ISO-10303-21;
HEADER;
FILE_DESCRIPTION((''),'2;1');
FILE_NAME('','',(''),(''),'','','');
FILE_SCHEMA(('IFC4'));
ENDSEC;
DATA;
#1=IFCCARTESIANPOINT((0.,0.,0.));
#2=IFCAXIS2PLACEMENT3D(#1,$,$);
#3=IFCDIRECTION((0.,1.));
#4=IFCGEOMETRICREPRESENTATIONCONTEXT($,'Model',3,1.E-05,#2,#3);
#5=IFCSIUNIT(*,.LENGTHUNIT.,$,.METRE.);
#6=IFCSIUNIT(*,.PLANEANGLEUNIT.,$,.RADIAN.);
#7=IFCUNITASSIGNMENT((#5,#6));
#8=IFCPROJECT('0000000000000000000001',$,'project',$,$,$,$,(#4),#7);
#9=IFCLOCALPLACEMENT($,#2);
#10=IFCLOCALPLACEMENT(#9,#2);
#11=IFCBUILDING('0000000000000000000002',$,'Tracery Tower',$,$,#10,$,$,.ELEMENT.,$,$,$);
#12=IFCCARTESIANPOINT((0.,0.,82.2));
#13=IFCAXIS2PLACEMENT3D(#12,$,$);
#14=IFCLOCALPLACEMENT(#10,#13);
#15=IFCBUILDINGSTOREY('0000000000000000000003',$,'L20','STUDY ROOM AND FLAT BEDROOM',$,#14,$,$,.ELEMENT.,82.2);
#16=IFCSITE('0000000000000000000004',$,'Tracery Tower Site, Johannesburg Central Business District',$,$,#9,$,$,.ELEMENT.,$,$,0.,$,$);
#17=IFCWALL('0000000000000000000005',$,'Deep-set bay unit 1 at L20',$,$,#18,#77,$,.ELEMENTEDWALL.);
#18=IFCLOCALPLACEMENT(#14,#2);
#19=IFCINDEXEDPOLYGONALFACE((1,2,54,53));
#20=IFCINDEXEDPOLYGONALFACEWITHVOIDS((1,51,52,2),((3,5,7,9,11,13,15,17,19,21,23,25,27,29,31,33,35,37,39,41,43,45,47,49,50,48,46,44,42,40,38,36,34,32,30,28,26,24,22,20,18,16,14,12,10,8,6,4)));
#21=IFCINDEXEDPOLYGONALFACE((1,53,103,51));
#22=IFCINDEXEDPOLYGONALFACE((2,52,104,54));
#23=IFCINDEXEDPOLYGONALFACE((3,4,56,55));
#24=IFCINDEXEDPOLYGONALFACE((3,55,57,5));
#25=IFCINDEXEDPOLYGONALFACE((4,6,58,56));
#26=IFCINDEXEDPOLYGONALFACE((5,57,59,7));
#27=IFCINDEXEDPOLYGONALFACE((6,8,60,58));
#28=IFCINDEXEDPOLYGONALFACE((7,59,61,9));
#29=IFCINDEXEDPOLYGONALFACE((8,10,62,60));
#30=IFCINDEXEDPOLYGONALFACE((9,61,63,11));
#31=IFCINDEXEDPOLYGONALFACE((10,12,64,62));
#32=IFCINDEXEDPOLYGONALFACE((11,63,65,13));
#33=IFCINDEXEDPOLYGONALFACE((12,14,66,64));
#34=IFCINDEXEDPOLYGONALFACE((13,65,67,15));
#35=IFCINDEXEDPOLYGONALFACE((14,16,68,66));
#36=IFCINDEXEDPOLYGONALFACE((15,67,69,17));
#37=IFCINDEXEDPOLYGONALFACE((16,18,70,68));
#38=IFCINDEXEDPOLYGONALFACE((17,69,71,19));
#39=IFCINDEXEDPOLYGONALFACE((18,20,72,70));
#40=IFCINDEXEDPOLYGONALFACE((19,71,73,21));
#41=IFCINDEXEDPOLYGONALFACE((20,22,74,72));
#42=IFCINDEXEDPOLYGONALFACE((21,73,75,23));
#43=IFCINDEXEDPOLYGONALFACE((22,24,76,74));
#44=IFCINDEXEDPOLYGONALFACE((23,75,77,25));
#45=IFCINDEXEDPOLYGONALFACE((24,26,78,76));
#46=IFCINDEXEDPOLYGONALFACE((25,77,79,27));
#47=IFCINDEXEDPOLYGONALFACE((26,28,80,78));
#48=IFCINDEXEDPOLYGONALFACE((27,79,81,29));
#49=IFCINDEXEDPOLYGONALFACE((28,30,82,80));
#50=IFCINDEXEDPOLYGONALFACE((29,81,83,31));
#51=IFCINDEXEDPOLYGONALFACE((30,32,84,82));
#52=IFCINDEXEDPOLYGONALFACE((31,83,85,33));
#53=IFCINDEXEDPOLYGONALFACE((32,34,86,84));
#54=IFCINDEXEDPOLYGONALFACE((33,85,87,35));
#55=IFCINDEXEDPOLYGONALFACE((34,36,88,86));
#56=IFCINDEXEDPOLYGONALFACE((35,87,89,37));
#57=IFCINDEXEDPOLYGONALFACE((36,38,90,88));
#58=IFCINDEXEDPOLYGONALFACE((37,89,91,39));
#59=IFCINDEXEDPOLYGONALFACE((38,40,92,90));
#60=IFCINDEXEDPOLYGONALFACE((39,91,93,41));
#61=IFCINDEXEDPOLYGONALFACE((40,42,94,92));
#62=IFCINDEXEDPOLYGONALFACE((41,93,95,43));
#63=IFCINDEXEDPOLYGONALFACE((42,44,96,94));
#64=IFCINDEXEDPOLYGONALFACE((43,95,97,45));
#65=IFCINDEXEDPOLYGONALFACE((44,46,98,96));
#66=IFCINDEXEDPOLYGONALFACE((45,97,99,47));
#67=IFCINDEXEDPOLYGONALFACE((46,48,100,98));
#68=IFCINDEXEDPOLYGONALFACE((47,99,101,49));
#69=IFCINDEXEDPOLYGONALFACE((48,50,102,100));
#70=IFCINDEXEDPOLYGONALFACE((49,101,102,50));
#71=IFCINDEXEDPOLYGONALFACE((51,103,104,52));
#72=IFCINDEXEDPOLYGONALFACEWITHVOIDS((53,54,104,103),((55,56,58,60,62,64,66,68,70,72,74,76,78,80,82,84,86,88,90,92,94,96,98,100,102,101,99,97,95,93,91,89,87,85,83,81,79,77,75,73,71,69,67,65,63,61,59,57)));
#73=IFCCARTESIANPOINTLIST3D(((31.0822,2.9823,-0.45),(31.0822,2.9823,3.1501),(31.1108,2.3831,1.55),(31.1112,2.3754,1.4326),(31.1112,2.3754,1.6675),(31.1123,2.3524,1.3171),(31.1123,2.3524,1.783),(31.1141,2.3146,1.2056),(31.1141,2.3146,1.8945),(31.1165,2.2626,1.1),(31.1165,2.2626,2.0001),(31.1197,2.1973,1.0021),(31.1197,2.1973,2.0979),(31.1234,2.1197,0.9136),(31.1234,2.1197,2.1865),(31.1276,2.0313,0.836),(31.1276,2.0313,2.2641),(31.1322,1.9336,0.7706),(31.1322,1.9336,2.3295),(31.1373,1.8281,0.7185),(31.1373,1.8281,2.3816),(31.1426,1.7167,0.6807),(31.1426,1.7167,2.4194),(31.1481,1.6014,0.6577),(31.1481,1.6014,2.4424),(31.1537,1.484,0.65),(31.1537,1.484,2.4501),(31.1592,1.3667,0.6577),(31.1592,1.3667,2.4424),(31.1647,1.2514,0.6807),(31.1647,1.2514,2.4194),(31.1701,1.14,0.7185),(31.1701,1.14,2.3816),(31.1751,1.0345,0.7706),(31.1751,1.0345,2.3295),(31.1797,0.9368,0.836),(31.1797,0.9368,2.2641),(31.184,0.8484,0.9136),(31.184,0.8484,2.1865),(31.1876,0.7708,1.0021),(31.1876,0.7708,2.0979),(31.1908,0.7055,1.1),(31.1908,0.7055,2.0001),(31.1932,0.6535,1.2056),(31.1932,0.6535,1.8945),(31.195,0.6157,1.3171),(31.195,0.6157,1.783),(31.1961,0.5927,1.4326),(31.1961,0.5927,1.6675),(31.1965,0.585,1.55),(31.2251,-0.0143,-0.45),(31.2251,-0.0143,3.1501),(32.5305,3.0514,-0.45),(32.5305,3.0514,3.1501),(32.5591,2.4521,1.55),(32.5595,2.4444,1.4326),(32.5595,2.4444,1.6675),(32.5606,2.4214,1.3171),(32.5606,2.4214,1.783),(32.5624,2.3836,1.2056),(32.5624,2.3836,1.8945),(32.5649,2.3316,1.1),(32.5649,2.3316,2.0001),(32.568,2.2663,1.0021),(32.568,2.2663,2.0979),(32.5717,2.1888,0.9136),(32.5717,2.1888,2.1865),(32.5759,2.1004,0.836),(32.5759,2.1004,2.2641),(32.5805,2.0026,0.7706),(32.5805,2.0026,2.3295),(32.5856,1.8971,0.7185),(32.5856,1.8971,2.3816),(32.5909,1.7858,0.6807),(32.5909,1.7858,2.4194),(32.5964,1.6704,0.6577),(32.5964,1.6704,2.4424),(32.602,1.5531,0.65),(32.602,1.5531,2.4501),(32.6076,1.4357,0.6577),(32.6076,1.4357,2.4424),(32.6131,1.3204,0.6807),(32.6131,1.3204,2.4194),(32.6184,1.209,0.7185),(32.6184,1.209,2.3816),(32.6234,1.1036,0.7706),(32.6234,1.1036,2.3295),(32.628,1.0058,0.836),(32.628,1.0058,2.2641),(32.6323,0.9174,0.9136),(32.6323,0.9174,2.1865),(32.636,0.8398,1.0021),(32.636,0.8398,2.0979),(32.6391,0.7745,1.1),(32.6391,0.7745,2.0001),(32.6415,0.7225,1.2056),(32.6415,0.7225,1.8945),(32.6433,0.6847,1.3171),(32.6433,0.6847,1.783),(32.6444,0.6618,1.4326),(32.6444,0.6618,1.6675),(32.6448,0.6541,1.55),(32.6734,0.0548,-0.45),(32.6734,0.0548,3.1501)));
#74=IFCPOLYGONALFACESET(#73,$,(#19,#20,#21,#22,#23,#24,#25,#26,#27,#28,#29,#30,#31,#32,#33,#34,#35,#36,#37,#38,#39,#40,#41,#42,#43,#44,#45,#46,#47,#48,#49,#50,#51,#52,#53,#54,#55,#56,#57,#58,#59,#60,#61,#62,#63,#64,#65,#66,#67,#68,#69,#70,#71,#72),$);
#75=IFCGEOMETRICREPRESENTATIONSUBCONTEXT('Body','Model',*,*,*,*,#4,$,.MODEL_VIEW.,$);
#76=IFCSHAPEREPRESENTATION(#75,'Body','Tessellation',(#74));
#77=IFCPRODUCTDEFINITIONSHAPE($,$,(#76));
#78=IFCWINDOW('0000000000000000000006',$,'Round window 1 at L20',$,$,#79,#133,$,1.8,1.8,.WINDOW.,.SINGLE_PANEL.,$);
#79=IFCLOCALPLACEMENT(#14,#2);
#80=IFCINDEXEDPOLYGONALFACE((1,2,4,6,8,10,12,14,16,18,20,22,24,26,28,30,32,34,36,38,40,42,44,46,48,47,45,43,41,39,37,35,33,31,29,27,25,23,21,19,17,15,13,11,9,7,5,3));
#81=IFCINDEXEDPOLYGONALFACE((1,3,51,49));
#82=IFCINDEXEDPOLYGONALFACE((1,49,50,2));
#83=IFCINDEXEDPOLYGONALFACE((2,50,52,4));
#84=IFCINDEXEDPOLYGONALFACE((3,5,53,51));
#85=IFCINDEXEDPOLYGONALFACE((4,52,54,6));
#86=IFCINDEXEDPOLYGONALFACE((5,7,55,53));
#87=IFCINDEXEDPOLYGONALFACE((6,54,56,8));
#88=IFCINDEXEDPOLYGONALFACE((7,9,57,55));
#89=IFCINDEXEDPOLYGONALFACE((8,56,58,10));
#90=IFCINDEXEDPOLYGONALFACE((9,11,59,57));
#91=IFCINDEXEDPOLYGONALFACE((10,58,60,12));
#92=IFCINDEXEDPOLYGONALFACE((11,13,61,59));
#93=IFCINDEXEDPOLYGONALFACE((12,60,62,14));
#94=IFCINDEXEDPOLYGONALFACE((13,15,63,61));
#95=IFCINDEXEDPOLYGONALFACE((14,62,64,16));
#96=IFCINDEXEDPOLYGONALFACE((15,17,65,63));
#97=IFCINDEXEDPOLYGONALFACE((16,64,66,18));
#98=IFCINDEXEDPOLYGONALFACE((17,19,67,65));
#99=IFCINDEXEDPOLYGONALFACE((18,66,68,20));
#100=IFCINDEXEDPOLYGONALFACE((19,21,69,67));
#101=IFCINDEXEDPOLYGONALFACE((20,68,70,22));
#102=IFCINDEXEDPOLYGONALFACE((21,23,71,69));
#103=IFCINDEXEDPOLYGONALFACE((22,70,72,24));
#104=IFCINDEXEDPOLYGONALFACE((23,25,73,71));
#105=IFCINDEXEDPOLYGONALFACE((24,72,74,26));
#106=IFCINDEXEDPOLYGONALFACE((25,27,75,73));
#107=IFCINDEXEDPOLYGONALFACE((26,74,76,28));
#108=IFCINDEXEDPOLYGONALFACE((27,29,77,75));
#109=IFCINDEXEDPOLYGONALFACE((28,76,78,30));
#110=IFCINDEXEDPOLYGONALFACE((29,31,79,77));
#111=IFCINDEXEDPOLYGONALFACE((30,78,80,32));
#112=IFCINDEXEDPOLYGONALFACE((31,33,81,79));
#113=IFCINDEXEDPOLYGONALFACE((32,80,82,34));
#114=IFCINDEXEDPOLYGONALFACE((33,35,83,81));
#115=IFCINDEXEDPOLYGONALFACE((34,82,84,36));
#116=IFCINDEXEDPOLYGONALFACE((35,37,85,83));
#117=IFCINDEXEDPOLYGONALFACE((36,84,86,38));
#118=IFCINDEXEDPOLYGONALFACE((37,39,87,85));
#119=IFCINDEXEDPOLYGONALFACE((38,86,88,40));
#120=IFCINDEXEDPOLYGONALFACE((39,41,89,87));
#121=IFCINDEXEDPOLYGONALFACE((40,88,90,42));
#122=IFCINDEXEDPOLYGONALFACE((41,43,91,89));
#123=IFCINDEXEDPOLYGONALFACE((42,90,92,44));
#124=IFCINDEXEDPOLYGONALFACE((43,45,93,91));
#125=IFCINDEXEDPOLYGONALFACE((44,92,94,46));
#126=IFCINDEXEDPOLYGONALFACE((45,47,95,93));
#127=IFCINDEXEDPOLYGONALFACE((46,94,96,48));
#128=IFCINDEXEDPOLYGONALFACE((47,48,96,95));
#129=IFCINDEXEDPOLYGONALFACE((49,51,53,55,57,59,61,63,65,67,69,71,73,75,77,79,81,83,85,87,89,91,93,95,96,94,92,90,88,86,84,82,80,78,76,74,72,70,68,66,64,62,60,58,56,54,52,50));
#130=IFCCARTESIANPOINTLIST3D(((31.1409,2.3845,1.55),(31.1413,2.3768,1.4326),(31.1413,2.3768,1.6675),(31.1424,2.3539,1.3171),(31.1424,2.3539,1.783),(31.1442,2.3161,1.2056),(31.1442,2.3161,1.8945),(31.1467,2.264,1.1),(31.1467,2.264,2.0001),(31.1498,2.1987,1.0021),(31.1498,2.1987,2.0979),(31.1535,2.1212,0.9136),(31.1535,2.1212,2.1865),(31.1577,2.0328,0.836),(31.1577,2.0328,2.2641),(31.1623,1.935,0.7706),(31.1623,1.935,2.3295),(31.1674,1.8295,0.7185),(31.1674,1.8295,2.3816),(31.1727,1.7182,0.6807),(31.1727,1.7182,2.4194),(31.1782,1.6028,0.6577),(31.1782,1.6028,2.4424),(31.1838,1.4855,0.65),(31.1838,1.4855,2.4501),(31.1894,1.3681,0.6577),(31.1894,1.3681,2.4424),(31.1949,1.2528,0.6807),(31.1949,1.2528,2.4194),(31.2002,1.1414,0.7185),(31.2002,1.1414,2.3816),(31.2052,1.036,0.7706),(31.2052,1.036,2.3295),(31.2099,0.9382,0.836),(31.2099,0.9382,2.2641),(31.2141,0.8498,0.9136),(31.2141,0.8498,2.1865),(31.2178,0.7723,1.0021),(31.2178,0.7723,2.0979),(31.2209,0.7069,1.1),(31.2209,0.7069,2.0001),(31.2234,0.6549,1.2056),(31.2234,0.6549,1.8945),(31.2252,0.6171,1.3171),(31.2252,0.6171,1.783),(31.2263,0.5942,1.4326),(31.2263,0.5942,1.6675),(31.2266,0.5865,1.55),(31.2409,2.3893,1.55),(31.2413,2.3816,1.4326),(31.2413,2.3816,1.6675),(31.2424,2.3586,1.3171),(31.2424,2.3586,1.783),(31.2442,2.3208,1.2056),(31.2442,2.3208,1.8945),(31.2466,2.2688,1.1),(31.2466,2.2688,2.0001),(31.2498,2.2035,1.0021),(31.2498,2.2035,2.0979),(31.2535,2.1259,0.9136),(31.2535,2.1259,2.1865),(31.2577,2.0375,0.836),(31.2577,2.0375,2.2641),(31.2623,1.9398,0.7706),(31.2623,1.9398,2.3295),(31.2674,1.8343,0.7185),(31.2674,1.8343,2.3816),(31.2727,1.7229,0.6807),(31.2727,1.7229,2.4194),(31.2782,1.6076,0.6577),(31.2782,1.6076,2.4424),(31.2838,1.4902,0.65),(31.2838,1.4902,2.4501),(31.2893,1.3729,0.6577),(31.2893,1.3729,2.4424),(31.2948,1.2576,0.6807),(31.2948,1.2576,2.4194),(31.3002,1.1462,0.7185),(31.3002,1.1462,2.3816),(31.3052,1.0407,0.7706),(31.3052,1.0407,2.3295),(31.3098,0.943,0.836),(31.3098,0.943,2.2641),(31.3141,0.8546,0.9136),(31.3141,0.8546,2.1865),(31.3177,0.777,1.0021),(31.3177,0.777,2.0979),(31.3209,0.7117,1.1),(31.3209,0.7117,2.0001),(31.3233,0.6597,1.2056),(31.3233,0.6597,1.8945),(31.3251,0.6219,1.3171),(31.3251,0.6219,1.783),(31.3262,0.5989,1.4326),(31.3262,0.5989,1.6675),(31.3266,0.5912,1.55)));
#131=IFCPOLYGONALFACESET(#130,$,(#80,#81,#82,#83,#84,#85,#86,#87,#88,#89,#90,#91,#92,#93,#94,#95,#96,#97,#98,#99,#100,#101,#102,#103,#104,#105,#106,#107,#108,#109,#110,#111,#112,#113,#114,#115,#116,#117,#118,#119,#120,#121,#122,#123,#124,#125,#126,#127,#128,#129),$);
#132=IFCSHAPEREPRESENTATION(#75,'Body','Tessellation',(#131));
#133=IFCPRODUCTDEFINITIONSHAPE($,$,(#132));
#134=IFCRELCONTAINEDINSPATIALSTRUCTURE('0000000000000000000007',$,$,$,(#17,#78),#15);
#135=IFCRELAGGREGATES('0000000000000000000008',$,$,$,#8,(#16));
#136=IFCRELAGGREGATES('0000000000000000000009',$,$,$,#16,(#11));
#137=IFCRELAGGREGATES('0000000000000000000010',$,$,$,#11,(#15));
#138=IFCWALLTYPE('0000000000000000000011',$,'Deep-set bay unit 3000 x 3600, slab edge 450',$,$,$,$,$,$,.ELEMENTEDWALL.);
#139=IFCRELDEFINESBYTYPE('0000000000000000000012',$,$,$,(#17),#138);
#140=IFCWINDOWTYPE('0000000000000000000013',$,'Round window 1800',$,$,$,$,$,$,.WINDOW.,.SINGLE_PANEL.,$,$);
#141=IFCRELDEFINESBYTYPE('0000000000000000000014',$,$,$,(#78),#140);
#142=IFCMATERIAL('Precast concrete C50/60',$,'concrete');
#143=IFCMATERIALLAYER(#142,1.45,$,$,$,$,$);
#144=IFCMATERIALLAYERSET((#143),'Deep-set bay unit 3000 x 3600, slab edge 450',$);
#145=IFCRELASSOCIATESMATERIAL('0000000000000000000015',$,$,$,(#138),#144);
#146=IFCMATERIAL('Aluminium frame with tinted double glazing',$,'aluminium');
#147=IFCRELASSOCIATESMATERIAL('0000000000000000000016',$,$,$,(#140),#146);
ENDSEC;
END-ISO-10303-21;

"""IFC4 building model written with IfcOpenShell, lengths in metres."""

from ifc_helpers import new_model, si_unit, direction, frame, frame_2d, origin, origin_2d, place, context, subcontext, project, spatial, rectangle, circle, extrude, material, layer, layer_set, type_object, element, fill, save


model = new_model("IFC4")

# Units and contexts
model_context = context("Model", 3, precision=1e-05, world=origin(), true_north=direction((0.0, 1.0)))
body_context = subcontext(model_context, "Body", "Model", "MODEL_VIEW")
ifc_project = project(units=[si_unit("LENGTHUNIT", "METRE"), si_unit("PLANEANGLEUNIT", "RADIAN")], contexts=[model_context])

# Site, building, storey
site_placement = place(None, origin())
site = spatial("IfcSite", under=ifc_project, at=site_placement, Name="Tracery Tower Site, Johannesburg Central Business District", CompositionType="ELEMENT", RefElevation=0.0)
building_placement = place(site_placement, origin())
building = spatial("IfcBuilding", under=site, at=building_placement, Name="Tracery Tower", CompositionType="ELEMENT")
storey_placement = place(building_placement, frame((0.0, 0.0, 82.2)))
storey = spatial("IfcBuildingStorey", under=building, at=storey_placement, Name="L20", Description="STUDY ROOM AND FLAT BEDROOM", CompositionType="ELEMENT", Elevation=82.2)

# Wall, opening, window
ifc_material_1 = material(Name="Precast concrete C50/60", Category="concrete")
ifc_layer_1 = layer(ifc_material_1, 1.45)
ifc_layer_set_1 = layer_set([ifc_layer_1], Name="Deep-set bay unit 3000 x 3600, slab edge 450")
wall_type_1 = type_object("IfcWallType", Name="Deep-set bay unit 3000 x 3600, slab edge 450", PredefinedType="ELEMENTEDWALL", material=ifc_layer_set_1)
wall_1_placement = place(storey_placement, frame((31.9492, 0.0203, -0.45), z_axis=(0.0, 0.0, 1.0), x_axis=(-0.047608, 0.998866, 0.0)))
wall_1 = element("IfcWall", 1, at=wall_1_placement, inside=storey, type_object=wall_type_1, Name="Deep-set bay unit 1 at L20", PredefinedType="ELEMENTEDWALL", context=body_context, shape_type="SweptSolid", body=[
    extrude(rectangle(XDim=3.0, YDim=1.45, at=frame_2d((1.5, 0.0))), origin(), (0.0, 0.0, 1.0), 3.6001),
])
opening_1_placement = place(wall_1_placement, frame((1.5, 0.0, 2.0)))
opening_1 = element("IfcOpeningElement", 2, at=opening_1_placement, cuts=wall_1, PredefinedType="OPENING", context=body_context, shape_type="SweptSolid", body=[
    extrude(circle(Radius=0.9, at=origin_2d()), frame((0.0, 0.7349, 0.0), z_axis=(0.0, -1.0, 0.0), x_axis=(1.0, 0.0, 0.0)), (0.0, 0.0, 1.0), 1.47),
])
ifc_material_2 = material(Name="Aluminium frame with tinted double glazing", Category="aluminium")
window_type = type_object("IfcWindowType", Name="Round window 1800", PartitioningType="SINGLE_PANEL", PredefinedType="WINDOW", material=ifc_material_2)
window_1_placement = place(opening_1_placement, origin())
window_1 = element("IfcWindow", 3, at=window_1_placement, inside=storey, type_object=window_type, Name="Round window 1 at L20", OverallHeight=1.8, OverallWidth=1.8, PartitioningType="SINGLE_PANEL", PredefinedType="WINDOW", context=body_context, shape_type="SweptSolid", body=[
    extrude(circle(Radius=0.9, at=origin_2d()), frame((0.0, 0.6948, 0.0), z_axis=(0.0, -1.0, 0.0), x_axis=(1.0, 0.0, 0.0)), (0.0, 0.0, 1.0), 0.1001),
])
fill(opening_1, window_1)

save(model, "model.ifc")
